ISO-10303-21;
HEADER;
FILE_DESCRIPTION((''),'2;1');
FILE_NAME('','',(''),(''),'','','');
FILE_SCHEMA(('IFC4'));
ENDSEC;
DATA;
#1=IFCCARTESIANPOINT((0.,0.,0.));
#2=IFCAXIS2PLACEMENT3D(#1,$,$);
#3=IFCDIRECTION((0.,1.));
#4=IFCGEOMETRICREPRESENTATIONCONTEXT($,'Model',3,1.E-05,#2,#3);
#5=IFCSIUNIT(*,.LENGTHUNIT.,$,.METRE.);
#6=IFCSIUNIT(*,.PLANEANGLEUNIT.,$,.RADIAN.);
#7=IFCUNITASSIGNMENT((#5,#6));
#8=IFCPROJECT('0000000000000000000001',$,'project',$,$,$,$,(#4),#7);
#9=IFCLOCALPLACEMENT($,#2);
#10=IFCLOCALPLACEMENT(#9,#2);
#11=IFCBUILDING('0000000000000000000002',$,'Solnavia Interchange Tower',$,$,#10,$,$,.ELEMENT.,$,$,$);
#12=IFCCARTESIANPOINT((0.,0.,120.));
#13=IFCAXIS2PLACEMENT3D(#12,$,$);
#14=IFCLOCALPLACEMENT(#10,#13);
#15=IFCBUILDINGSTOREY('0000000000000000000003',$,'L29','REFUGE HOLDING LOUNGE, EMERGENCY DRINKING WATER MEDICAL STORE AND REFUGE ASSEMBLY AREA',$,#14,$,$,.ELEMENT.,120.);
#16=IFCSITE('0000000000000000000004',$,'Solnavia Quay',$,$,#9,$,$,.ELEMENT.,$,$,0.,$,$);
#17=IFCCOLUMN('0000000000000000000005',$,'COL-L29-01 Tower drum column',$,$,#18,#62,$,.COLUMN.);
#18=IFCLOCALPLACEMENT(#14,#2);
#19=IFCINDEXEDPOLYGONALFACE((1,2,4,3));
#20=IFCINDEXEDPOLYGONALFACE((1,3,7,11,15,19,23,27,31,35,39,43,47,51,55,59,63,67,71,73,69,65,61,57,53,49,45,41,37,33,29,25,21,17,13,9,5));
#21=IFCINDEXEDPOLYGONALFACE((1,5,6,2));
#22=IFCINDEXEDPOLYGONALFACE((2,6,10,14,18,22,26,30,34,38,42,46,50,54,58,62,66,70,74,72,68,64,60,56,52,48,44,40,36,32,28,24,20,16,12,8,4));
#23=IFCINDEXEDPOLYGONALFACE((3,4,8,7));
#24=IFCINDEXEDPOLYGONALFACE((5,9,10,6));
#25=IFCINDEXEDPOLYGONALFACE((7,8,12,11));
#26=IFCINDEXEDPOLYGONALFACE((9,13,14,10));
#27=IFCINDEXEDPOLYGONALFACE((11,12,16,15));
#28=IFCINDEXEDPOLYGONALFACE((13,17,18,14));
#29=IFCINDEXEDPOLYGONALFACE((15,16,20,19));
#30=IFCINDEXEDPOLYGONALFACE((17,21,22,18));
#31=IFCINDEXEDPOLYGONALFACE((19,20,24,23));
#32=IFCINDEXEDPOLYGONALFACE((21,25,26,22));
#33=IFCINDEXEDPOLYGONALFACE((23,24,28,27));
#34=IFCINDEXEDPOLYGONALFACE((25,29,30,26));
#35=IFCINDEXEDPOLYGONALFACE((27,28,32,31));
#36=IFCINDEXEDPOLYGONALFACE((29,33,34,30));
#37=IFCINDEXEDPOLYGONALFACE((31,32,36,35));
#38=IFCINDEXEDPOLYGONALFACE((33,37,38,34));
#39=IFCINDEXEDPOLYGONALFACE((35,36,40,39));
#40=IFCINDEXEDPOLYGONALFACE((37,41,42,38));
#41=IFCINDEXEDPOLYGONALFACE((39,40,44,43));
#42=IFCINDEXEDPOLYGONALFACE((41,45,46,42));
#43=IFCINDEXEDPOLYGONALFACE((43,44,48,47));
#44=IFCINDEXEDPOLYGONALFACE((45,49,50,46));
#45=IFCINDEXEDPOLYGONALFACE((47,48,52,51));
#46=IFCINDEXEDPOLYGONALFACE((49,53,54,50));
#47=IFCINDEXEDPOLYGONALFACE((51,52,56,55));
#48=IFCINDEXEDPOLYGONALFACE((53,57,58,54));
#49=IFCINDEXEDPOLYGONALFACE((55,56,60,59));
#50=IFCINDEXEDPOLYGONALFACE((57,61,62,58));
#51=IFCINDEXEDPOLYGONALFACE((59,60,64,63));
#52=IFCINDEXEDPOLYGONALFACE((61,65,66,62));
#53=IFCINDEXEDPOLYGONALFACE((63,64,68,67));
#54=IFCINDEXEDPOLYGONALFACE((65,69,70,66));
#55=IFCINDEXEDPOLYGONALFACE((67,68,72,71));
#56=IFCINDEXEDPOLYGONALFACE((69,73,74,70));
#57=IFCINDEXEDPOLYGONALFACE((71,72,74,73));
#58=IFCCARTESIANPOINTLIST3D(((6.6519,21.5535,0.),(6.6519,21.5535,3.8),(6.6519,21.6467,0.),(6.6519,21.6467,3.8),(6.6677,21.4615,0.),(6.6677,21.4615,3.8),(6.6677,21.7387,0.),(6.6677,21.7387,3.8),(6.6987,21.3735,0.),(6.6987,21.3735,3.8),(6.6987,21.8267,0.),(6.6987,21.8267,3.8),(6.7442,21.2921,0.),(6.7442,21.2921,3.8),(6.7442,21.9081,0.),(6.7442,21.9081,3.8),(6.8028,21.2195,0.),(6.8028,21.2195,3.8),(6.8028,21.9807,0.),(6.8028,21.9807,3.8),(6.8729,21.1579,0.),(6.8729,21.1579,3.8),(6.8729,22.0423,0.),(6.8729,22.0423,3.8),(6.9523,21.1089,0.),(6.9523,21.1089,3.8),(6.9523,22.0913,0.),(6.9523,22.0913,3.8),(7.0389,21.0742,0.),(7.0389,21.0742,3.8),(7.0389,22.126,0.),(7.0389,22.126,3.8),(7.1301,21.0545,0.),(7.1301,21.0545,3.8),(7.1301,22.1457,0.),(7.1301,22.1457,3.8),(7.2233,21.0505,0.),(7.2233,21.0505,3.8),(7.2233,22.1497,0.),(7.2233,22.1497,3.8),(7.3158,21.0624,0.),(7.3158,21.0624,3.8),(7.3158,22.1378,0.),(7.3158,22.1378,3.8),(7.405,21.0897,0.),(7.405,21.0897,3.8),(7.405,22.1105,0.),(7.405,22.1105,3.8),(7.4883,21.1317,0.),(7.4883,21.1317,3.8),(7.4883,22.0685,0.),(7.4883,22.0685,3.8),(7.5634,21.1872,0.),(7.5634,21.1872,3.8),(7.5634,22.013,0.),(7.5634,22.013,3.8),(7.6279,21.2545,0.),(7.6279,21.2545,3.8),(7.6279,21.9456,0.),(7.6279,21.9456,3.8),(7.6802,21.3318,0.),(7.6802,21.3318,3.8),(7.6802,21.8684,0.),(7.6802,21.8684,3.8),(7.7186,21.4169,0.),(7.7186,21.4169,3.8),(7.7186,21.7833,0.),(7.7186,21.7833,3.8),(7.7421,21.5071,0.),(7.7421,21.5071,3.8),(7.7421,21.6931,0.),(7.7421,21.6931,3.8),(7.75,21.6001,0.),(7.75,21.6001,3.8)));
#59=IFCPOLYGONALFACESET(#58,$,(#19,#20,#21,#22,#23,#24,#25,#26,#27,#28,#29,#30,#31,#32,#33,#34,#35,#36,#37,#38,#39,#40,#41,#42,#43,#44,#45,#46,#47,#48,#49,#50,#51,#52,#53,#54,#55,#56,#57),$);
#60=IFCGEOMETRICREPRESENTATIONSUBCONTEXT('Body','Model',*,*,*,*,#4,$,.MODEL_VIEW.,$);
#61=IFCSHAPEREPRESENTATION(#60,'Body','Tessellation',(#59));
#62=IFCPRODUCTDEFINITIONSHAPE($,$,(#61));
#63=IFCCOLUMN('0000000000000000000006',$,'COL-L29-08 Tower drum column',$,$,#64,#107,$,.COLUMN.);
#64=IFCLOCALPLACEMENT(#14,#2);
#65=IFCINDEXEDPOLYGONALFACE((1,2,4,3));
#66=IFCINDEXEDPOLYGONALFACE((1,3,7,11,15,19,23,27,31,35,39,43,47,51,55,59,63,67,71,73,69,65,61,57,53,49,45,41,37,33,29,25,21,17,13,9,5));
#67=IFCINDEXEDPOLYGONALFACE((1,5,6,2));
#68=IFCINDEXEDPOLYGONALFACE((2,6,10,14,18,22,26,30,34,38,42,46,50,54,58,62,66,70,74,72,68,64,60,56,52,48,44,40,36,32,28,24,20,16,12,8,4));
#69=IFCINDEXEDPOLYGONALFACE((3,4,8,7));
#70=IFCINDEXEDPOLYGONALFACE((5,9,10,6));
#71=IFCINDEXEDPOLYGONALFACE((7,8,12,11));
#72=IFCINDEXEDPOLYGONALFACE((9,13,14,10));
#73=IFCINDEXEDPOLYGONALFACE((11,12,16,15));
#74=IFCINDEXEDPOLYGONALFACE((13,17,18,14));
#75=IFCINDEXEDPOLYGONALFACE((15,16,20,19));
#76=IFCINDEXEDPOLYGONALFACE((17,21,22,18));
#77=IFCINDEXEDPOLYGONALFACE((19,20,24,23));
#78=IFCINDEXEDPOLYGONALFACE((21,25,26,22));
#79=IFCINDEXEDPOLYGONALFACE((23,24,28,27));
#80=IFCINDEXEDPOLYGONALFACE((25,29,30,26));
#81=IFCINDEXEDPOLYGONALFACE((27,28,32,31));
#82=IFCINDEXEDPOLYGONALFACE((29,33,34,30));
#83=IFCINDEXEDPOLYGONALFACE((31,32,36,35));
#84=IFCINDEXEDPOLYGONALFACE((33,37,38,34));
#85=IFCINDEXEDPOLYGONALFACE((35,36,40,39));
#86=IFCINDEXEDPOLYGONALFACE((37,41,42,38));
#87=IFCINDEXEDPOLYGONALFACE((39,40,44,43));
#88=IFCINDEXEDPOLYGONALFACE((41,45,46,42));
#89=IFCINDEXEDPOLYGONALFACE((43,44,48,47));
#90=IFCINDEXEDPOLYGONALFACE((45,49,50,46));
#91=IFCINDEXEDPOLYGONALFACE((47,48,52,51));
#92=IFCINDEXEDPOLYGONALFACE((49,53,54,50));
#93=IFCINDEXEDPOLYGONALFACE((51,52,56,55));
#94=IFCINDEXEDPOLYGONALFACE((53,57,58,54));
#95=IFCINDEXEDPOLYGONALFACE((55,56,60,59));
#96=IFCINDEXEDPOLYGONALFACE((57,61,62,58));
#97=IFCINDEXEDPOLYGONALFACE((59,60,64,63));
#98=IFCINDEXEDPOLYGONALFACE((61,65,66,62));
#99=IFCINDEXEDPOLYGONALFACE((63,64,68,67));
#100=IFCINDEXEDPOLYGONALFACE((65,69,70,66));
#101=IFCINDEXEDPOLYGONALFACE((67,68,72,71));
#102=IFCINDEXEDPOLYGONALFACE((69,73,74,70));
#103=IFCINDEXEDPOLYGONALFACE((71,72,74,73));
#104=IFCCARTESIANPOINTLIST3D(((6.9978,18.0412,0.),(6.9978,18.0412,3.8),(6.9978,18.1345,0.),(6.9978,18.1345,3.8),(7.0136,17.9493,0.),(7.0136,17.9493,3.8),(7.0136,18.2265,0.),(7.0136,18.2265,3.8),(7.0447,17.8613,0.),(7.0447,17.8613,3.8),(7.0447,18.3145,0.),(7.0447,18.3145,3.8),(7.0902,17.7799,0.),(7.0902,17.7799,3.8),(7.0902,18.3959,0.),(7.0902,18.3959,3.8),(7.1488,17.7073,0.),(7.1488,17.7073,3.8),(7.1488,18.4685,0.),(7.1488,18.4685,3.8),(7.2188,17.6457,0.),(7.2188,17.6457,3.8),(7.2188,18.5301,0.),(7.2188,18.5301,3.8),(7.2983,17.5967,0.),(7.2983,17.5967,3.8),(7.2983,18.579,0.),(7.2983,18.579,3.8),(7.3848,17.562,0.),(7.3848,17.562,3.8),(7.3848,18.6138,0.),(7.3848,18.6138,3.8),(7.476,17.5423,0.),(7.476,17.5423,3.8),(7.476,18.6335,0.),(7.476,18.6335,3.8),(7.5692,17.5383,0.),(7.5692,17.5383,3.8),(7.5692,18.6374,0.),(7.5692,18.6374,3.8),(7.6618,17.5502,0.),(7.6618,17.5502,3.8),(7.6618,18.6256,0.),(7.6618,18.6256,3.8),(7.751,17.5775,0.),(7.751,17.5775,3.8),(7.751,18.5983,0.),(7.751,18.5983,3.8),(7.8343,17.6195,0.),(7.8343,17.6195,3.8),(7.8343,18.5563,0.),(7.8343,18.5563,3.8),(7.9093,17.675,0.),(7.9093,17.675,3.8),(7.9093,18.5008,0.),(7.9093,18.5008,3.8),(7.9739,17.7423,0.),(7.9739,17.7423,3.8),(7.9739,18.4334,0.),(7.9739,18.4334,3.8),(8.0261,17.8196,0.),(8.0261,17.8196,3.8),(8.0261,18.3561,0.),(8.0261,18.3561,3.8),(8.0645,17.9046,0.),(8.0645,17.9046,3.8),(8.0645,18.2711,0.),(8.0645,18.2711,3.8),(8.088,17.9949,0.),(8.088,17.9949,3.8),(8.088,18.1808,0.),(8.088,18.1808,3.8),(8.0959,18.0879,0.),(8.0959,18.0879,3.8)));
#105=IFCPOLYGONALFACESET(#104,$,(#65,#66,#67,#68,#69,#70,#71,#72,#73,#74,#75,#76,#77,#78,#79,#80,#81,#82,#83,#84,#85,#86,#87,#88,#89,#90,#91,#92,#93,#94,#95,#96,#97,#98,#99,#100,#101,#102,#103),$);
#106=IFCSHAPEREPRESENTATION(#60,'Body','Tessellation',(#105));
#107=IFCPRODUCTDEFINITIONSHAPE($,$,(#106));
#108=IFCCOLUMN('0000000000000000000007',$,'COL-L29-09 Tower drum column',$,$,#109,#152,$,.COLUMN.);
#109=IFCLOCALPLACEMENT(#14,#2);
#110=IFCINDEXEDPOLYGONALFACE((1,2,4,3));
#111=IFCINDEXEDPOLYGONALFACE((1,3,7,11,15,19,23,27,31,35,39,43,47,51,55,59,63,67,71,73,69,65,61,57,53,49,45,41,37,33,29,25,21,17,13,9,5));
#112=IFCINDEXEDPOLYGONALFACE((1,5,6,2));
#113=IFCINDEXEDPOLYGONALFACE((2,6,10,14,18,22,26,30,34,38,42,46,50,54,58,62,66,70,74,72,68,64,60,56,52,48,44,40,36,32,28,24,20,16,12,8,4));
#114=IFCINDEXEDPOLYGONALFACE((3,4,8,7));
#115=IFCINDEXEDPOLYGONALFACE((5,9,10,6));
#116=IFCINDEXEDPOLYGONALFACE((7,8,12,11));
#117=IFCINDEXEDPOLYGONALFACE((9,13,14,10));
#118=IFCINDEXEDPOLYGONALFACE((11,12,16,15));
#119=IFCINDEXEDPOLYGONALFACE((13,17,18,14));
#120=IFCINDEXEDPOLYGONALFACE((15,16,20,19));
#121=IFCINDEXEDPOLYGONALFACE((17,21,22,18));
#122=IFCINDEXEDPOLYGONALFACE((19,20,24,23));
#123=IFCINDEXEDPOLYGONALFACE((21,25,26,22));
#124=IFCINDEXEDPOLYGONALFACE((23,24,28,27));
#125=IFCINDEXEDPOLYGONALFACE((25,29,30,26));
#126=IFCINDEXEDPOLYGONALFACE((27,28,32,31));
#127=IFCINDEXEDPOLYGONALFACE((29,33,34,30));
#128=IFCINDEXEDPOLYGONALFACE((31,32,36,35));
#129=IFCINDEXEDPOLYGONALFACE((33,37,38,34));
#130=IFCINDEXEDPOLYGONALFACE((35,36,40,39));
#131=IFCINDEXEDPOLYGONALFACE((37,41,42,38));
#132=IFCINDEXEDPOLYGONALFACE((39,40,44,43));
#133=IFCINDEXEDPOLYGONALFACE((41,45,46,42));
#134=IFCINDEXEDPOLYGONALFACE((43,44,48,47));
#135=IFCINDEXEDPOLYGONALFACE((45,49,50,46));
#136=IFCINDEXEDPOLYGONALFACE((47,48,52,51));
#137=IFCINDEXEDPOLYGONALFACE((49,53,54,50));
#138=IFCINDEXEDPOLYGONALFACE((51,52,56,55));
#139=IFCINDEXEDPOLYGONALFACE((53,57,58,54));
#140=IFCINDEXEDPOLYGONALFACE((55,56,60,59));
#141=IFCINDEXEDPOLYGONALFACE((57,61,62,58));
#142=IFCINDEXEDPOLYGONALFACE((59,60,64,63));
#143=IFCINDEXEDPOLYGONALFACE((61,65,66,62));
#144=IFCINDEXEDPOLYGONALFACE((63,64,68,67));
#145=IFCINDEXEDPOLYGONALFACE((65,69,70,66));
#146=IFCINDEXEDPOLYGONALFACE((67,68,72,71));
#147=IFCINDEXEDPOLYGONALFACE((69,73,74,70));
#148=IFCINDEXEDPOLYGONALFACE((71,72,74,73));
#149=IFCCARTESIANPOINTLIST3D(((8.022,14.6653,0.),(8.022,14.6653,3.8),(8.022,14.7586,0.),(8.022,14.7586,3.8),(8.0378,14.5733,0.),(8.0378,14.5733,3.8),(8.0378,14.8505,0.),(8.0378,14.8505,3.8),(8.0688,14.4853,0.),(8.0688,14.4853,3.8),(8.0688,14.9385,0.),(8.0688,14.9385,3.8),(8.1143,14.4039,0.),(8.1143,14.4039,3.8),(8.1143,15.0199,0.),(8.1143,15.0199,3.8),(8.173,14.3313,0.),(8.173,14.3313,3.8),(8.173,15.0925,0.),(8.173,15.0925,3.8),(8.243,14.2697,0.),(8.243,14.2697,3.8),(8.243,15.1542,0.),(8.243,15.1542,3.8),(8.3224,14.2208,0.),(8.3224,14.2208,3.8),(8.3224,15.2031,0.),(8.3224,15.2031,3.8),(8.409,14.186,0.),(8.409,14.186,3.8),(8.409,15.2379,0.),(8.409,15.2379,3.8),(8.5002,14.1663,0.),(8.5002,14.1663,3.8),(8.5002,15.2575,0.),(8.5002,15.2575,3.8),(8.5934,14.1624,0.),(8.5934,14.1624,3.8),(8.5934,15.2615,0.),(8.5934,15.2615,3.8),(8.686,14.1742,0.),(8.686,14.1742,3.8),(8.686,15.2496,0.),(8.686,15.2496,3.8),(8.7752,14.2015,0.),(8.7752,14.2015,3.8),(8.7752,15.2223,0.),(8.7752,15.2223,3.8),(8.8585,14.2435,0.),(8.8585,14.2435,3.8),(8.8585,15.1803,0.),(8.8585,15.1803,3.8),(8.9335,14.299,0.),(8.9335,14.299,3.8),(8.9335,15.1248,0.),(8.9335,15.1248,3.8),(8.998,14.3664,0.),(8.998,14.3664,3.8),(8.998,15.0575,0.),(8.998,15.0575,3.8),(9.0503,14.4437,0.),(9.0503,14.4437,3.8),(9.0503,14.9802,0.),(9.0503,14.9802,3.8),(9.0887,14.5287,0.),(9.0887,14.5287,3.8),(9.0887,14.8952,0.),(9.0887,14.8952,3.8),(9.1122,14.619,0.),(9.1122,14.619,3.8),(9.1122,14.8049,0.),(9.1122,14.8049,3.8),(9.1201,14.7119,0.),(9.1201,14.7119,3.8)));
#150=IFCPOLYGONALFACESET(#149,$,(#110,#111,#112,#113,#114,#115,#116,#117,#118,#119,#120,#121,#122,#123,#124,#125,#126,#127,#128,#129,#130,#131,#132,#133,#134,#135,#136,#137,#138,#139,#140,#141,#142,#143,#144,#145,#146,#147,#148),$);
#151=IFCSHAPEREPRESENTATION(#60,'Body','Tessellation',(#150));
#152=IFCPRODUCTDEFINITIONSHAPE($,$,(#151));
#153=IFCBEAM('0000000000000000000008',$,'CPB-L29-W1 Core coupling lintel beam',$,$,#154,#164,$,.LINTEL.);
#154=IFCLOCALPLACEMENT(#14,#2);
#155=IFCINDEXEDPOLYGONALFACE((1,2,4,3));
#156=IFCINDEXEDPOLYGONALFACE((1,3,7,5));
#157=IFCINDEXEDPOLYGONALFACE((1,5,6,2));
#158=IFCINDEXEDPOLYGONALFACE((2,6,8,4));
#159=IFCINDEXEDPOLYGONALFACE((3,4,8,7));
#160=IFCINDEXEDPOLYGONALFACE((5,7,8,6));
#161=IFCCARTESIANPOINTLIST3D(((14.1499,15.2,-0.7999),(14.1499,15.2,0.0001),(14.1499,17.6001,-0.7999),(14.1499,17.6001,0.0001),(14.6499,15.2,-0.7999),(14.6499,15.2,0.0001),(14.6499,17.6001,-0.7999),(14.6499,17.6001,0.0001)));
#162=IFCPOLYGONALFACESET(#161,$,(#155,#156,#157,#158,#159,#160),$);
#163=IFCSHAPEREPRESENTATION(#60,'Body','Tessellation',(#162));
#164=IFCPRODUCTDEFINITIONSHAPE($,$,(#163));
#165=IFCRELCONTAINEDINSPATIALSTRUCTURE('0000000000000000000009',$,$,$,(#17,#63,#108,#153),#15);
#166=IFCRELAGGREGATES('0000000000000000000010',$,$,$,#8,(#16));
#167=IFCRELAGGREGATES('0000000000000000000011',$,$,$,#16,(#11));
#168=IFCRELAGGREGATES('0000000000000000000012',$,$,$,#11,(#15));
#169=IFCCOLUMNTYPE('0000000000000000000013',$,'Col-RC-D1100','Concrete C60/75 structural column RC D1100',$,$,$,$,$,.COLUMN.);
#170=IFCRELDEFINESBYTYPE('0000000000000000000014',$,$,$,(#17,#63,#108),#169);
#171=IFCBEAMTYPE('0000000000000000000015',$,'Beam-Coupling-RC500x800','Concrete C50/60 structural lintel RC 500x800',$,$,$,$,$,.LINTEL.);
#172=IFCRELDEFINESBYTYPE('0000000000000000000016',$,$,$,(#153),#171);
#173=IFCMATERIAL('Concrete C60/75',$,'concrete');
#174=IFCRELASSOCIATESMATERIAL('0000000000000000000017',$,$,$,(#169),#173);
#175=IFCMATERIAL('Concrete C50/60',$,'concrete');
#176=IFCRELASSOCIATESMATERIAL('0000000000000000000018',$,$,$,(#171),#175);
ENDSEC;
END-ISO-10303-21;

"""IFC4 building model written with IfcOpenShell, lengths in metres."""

from ifc_helpers import new_model, si_unit, direction, frame, origin, origin_2d, place, context, subcontext, project, spatial, rectangle, circle, extrude, material, material_profile, profile_set, type_object, element, save


model = new_model("IFC4")

# Units and contexts
model_context = context("Model", 3, precision=1e-05, world=origin(), true_north=direction((0.0, 1.0)))
body_context = subcontext(model_context, "Body", "Model", "MODEL_VIEW")
ifc_project = project(units=[si_unit("LENGTHUNIT", "METRE"), si_unit("PLANEANGLEUNIT", "RADIAN")], contexts=[model_context])

# Site, building, storey
site_placement = place(None, origin())
site = spatial("IfcSite", under=ifc_project, at=site_placement, Name="Solnavia Quay", CompositionType="ELEMENT", RefElevation=0.0)
building_placement = place(site_placement, origin())
building = spatial("IfcBuilding", under=site, at=building_placement, Name="Solnavia Interchange Tower", CompositionType="ELEMENT")
storey_placement = place(building_placement, frame((0.0, 0.0, 120.0)))
storey = spatial("IfcBuildingStorey", under=building, at=storey_placement, Name="L29", Description="REFUGE HOLDING LOUNGE, EMERGENCY DRINKING WATER MEDICAL STORE AND REFUGE ASSEMBLY AREA", CompositionType="ELEMENT", Elevation=120.0)

# Columns
ifc_material_1 = material(Name="Concrete C60/75", Category="concrete")
ifc_material_profile_1 = material_profile(ifc_material_1, circle(Radius=0.55, at=origin_2d()), Name="RC D1100")
ifc_profile_set_1 = profile_set([ifc_material_profile_1], Name="Concrete C60/75")
column_type = type_object("IfcColumnType", Name="Col-RC-D1100", Description="Concrete C60/75 structural column RC D1100", PredefinedType="COLUMN", material=ifc_profile_set_1)
for number, where, z_axis, x_axis, name in (
    (1, (7.2, 21.6001, 0.0), (0.0, 0.0, 1.0), (1.0, 0.0, 0.0), "COL-L29-01 Tower drum column"),
    (2, (7.5459, 18.0879, 0.0), (0.0, 0.0, 1.0), (1.0, 0.0, 0.0), "COL-L29-08 Tower drum column"),
    (3, (8.5701, 14.7119, 0.0), (0.0, 0.0, 1.0), (1.0, 0.0, 0.0), "COL-L29-09 Tower drum column"),
):
    element("IfcColumn", number, at=place(storey_placement, frame(where, z_axis=z_axis, x_axis=x_axis)), inside=storey, type_object=column_type, Name=name, PredefinedType="COLUMN", context=body_context, shape_type="SweptSolid", body=[
        extrude(circle(Radius=0.55, at=origin_2d()), origin(), (0.0, 0.0, 1.0), 3.8),
    ])

# Beam
ifc_material_2 = material(Name="Concrete C50/60", Category="concrete")
ifc_material_profile_2 = material_profile(ifc_material_2, rectangle(XDim=0.5, YDim=0.8, at=origin_2d()), Name="RC 500x800")
ifc_profile_set_2 = profile_set([ifc_material_profile_2], Name="Concrete C50/60")
beam_type_1 = type_object("IfcBeamType", Name="Beam-Coupling-RC500x800", Description="Concrete C50/60 structural lintel RC 500x800", PredefinedType="LINTEL", material=ifc_profile_set_2)
beam_1_placement = place(storey_placement, frame((14.3999, 15.2, -0.3999), z_axis=(0.0, 1.0, 0.0), x_axis=(-1.0, 0.0, 0.0)))
element("IfcBeam", 4, at=beam_1_placement, inside=storey, type_object=beam_type_1, Name="CPB-L29-W1 Core coupling lintel beam", PredefinedType="LINTEL", context=body_context, shape_type="SweptSolid", body=[
    extrude(rectangle(XDim=0.5, YDim=0.8, at=origin_2d()), origin(), (0.0, 0.0, 1.0), 2.4001),
])

save(model, "model.ifc")
